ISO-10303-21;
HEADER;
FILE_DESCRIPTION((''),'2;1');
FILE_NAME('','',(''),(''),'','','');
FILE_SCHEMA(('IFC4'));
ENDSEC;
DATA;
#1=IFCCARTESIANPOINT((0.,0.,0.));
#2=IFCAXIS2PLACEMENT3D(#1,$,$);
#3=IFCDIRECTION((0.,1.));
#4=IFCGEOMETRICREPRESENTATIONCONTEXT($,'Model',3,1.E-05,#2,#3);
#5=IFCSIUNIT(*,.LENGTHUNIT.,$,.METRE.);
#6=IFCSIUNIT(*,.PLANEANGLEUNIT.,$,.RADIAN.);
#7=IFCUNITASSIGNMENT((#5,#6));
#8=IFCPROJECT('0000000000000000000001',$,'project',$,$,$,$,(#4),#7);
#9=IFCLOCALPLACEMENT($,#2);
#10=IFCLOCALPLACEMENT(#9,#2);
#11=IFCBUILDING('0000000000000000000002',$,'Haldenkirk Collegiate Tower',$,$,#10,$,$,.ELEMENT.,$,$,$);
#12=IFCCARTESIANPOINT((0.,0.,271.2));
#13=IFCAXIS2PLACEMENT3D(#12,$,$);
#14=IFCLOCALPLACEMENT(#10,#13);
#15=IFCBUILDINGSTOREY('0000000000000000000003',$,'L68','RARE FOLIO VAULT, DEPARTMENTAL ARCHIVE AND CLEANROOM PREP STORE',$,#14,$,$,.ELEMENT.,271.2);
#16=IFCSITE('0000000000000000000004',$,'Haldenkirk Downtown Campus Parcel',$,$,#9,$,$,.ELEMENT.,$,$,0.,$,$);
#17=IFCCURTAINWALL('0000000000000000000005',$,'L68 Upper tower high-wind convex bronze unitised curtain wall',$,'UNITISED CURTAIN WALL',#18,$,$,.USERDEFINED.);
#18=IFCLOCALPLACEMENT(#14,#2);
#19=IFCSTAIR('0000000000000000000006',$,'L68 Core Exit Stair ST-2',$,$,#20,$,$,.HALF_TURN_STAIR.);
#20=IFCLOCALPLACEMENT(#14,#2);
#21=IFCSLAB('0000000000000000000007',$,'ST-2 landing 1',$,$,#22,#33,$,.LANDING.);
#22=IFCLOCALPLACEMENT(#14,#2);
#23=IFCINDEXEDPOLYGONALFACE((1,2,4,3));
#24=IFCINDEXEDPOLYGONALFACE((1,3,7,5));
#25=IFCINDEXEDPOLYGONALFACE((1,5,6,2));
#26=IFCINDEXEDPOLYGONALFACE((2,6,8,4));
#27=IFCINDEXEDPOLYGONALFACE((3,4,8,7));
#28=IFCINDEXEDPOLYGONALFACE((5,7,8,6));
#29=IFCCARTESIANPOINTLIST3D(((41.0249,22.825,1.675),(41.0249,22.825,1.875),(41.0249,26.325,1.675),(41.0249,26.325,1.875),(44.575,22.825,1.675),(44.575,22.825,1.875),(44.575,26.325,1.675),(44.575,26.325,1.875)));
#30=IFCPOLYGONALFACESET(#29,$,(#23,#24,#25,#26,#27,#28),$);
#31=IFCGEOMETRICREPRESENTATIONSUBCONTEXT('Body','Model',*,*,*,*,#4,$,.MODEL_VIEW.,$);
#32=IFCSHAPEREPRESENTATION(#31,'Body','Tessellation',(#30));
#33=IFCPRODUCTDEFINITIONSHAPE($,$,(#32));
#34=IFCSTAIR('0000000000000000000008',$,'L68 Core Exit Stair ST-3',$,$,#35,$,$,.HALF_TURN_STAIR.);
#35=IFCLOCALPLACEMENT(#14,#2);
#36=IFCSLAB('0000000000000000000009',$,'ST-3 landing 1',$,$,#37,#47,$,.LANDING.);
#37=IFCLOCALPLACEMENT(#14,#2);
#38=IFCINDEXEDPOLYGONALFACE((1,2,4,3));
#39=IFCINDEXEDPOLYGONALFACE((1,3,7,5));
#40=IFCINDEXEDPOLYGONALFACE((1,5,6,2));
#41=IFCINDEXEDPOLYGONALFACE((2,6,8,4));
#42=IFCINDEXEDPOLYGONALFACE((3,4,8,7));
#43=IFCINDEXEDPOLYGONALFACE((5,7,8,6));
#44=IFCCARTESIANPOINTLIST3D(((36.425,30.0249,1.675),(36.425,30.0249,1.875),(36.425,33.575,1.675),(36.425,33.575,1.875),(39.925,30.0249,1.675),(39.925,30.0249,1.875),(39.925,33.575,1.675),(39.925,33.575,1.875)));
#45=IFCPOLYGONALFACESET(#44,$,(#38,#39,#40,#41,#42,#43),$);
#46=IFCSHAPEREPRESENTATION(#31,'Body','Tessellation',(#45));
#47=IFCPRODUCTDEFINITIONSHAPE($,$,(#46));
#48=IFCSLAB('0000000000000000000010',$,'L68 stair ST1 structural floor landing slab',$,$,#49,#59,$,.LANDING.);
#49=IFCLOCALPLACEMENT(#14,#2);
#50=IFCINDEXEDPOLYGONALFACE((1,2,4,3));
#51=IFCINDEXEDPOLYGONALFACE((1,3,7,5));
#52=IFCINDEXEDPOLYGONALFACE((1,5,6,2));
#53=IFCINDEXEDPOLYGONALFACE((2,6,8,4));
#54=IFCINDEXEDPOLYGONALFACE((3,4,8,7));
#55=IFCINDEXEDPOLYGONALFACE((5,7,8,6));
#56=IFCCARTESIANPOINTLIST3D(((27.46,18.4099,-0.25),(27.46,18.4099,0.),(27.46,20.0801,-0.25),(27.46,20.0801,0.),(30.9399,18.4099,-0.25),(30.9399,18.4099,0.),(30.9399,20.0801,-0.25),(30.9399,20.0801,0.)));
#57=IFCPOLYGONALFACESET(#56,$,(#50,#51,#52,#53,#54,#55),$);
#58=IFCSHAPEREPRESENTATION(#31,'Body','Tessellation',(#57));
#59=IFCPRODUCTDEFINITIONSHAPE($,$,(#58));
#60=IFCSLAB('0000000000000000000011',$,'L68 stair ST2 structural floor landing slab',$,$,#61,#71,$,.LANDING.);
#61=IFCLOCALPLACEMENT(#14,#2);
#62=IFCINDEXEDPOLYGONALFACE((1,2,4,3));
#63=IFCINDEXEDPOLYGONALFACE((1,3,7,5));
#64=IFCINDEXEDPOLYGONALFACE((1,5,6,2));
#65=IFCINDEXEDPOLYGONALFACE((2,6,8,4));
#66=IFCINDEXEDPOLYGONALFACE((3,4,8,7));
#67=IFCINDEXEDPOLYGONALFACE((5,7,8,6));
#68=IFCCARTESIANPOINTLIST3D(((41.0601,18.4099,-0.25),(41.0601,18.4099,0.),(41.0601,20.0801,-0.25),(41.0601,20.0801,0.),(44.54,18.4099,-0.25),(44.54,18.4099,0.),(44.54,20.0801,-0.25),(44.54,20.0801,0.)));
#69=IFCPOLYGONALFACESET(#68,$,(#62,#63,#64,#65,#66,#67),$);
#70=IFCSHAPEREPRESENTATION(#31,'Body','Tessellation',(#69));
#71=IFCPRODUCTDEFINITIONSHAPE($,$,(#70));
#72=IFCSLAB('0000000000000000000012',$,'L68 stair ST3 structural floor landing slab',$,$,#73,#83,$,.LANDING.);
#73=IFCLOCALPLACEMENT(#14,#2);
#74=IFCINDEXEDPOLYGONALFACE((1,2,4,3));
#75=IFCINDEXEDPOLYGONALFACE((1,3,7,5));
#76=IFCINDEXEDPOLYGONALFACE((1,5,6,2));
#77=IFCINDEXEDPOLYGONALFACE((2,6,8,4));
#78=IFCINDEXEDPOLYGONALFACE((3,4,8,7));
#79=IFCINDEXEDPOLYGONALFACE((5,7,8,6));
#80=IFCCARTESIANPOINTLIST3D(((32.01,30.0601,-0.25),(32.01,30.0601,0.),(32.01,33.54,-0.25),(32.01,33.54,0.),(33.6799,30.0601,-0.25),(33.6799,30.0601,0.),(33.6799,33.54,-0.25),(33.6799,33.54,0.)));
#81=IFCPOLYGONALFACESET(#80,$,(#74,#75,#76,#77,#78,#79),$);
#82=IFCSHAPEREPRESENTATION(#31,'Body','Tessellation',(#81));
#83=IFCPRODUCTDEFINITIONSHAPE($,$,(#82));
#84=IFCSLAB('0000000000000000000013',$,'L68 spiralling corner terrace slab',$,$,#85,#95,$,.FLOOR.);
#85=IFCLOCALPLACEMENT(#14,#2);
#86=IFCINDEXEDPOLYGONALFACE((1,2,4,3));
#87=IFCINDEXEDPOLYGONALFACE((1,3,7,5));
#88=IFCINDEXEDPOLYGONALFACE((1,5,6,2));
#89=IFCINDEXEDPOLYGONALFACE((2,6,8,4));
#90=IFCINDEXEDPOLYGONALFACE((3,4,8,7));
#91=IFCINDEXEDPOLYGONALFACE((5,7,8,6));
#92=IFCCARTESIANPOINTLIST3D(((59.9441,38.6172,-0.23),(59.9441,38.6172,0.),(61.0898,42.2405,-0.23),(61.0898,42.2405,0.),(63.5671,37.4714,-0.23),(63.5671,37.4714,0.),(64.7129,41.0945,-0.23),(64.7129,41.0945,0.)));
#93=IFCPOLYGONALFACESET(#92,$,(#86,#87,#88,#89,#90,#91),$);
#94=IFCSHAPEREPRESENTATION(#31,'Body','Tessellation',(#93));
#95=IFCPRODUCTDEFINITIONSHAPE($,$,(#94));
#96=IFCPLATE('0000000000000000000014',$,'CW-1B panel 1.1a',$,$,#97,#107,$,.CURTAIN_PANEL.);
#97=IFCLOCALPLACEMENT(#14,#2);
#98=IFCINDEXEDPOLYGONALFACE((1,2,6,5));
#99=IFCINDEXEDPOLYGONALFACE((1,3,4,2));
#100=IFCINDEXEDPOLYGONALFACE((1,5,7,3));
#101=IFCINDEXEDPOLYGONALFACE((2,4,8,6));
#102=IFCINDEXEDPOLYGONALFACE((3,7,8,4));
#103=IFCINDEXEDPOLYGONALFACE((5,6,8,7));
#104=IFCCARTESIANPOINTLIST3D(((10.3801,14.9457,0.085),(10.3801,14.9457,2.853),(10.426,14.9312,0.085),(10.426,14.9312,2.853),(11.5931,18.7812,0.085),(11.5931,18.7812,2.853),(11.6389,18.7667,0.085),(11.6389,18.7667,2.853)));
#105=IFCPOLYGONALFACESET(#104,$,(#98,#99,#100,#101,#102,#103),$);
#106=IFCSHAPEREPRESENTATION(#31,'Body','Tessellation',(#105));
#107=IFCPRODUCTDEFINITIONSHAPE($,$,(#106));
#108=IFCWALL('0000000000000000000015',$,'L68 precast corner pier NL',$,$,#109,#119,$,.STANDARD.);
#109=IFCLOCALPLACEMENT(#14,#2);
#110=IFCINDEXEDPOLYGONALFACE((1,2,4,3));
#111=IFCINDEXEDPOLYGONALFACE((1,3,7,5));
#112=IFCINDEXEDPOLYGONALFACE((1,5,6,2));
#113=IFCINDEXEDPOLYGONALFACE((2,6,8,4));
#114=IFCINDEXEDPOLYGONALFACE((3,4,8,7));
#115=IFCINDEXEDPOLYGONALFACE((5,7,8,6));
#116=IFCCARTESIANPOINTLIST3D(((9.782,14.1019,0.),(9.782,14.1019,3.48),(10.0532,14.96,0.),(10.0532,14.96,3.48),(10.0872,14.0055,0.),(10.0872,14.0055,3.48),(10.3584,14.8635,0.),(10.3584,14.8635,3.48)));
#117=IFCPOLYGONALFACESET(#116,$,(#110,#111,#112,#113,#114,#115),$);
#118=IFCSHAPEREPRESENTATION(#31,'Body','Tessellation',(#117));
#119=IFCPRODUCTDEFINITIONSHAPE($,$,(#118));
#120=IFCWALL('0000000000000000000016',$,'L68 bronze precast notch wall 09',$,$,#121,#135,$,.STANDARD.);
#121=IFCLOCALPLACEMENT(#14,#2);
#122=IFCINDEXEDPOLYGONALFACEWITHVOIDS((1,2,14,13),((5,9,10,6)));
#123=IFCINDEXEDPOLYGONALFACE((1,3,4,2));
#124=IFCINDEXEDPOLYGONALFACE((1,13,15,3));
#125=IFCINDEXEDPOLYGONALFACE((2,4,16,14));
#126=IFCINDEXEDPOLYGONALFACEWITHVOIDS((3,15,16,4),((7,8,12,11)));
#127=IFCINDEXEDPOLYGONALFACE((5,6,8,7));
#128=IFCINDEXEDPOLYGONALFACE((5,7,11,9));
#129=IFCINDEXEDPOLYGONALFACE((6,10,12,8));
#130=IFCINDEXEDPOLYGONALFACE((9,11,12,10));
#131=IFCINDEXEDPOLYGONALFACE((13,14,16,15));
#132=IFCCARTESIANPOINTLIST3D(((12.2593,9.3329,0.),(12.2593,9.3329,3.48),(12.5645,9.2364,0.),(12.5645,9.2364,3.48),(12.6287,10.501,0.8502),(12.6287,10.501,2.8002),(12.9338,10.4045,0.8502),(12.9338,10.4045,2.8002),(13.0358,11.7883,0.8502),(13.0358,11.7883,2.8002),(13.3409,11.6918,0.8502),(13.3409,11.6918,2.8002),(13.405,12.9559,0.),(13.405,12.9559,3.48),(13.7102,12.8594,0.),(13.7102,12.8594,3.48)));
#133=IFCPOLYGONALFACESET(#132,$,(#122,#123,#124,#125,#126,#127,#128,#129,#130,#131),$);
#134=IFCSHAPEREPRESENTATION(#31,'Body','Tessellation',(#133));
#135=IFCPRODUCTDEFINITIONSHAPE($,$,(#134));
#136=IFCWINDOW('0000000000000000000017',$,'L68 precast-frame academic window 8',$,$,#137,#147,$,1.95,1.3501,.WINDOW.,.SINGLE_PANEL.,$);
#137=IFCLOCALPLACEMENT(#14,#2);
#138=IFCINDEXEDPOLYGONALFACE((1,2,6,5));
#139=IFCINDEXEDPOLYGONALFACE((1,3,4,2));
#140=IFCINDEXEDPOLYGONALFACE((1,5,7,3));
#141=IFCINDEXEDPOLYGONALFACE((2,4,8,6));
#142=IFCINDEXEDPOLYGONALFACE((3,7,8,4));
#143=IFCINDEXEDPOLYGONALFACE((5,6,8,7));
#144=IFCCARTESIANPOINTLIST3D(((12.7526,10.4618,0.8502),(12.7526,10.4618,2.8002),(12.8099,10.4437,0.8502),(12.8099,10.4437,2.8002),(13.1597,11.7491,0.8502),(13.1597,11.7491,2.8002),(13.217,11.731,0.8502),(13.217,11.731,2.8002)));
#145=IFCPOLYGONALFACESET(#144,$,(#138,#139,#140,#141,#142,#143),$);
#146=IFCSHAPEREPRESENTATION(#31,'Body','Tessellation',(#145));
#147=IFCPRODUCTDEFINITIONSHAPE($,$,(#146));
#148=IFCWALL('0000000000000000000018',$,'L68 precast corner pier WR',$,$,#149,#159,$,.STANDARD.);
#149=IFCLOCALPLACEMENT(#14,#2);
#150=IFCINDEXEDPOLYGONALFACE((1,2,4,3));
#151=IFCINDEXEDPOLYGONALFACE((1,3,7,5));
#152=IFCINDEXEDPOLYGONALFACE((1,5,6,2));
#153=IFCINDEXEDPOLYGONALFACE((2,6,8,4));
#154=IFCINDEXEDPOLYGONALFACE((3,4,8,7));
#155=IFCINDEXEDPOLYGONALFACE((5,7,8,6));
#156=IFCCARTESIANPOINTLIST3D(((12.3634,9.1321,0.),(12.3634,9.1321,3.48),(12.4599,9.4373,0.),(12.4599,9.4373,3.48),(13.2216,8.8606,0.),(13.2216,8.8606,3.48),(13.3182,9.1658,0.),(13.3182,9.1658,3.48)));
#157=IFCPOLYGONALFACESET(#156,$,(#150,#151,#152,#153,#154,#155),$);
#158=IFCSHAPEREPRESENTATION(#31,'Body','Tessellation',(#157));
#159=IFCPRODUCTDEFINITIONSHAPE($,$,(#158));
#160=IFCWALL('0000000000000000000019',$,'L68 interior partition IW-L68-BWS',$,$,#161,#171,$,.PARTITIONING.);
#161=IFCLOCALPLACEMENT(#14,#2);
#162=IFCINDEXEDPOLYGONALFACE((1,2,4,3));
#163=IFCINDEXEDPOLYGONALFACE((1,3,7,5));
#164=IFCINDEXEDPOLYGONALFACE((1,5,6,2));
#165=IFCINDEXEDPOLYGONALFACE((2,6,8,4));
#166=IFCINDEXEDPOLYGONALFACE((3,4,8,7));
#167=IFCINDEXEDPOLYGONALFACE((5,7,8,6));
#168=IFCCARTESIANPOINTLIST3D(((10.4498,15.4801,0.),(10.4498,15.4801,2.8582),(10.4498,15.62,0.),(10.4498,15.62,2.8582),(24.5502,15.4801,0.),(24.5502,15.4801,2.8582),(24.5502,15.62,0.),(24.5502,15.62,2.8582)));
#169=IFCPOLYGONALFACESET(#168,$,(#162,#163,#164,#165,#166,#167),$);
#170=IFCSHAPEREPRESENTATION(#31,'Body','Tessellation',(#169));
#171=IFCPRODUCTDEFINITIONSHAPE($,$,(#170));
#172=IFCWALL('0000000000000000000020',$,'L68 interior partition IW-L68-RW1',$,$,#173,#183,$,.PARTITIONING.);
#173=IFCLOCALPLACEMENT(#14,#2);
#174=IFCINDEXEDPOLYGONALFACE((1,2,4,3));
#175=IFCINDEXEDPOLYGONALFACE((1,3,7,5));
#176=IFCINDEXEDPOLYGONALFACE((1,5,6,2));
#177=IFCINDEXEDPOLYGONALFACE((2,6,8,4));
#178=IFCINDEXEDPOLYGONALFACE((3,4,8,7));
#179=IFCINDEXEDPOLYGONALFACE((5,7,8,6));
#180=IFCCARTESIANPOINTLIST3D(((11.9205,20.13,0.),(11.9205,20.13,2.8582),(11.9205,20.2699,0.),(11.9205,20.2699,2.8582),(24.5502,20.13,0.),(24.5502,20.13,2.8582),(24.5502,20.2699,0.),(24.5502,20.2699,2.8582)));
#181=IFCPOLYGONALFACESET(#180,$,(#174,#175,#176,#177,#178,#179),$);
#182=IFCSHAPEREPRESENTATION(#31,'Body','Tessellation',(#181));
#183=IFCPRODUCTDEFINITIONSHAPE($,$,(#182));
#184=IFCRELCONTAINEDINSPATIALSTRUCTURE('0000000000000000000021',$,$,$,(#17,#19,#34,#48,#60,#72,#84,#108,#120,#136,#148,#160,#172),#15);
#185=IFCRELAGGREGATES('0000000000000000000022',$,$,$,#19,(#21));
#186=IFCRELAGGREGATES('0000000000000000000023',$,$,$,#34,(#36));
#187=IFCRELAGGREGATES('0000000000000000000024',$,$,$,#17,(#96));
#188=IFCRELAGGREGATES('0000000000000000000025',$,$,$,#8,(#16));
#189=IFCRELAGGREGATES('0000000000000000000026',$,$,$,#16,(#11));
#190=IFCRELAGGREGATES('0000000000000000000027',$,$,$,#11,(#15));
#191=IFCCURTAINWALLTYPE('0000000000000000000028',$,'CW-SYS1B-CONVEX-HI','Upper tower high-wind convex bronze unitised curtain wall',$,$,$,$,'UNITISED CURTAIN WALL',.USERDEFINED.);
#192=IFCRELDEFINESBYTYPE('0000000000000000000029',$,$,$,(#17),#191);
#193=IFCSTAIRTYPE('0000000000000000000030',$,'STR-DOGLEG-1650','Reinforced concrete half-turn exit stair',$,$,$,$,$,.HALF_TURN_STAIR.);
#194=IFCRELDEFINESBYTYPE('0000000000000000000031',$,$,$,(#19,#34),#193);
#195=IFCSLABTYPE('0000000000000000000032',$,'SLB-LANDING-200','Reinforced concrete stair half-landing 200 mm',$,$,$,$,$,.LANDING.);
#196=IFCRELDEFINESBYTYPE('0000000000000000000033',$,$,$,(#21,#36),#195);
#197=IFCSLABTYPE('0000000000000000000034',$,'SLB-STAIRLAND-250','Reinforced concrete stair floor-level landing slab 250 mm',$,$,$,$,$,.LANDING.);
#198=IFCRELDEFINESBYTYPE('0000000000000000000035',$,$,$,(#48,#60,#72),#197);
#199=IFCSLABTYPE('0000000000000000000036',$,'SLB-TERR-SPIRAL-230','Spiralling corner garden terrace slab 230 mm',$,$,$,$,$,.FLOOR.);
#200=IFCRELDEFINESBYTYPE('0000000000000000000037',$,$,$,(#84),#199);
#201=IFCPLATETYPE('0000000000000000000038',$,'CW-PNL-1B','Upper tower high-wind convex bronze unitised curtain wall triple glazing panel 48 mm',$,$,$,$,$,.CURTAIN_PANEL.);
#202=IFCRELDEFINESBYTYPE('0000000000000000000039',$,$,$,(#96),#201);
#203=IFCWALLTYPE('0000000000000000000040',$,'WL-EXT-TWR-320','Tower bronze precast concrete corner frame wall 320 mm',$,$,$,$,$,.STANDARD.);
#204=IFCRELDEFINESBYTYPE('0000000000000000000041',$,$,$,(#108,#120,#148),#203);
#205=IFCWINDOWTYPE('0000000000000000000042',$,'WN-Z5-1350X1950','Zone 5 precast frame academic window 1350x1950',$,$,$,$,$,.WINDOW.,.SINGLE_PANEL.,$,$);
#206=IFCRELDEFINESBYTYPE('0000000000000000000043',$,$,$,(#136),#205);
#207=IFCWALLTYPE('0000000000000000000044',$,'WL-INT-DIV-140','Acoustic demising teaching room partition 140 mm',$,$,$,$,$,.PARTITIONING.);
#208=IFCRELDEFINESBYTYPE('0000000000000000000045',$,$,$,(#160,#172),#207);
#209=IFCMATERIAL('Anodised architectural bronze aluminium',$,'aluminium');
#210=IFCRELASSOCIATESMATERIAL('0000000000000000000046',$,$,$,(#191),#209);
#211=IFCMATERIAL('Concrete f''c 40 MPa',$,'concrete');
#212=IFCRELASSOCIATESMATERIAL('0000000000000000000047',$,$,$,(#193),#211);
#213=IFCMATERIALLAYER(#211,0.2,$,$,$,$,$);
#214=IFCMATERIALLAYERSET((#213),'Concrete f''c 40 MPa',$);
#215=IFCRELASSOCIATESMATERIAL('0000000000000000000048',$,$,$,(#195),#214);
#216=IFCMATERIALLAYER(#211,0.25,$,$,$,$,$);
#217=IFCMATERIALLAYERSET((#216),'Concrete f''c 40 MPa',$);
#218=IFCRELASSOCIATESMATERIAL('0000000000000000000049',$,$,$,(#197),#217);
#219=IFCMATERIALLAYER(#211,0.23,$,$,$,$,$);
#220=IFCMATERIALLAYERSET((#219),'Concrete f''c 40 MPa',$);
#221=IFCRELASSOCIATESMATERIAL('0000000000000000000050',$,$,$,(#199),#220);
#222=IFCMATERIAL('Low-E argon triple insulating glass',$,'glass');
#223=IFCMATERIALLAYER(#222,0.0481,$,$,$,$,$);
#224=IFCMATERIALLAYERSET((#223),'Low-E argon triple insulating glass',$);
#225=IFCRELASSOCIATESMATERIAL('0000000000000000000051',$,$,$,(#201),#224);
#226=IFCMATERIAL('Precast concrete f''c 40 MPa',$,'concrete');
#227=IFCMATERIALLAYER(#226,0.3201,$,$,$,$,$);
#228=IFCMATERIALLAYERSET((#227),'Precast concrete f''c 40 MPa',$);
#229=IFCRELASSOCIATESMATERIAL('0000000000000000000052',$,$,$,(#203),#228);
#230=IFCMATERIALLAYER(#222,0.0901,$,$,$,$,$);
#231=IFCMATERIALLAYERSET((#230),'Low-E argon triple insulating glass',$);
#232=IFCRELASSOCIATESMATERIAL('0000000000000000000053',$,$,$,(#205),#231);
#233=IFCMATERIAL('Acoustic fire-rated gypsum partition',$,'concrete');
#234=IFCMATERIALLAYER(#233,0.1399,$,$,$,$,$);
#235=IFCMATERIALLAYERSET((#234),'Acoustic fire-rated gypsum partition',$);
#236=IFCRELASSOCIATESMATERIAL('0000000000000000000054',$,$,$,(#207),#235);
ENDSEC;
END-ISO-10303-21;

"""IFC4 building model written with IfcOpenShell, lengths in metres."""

from ifc_helpers import new_model, si_unit, direction, frame, frame_2d, origin, origin_2d, place, context, subcontext, project, spatial, polyline, rectangle, outline, extrude, source, transform, mapped, material, layer, layer_set, type_object, element, fill, aggregate, save


model = new_model("IFC4")

# Units and contexts
model_context = context("Model", 3, precision=1e-05, world=origin(), true_north=direction((0.0, 1.0)))
body_context = subcontext(model_context, "Body", "Model", "MODEL_VIEW")
ifc_project = project(units=[si_unit("LENGTHUNIT", "METRE"), si_unit("PLANEANGLEUNIT", "RADIAN")], contexts=[model_context])

# Site, building, storey
site_placement = place(None, origin())
site = spatial("IfcSite", under=ifc_project, at=site_placement, Name="Haldenkirk Downtown Campus Parcel", CompositionType="ELEMENT", RefElevation=0.0)
building_placement = place(site_placement, origin())
building = spatial("IfcBuilding", under=site, at=building_placement, Name="Haldenkirk Collegiate Tower", CompositionType="ELEMENT")
storey_placement = place(building_placement, frame((0.0, 0.0, 271.2)))
storey = spatial("IfcBuildingStorey", under=building, at=storey_placement, Name="L68", Description="RARE FOLIO VAULT, DEPARTMENTAL ARCHIVE AND CLEANROOM PREP STORE", CompositionType="ELEMENT", Elevation=271.2)

# Curtain wall
ifc_material_1 = material(Name="Anodised architectural bronze aluminium", Category="aluminium")
curtain_wall_type = type_object("IfcCurtainWallType", Name="CW-SYS1B-CONVEX-HI", Description="Upper tower high-wind convex bronze unitised curtain wall", ElementType="UNITISED CURTAIN WALL", PredefinedType="USERDEFINED", material=ifc_material_1)
curtain_wall_1_placement = place(storey_placement, origin())
curtain_wall_1 = element("IfcCurtainWall", 1, at=curtain_wall_1_placement, inside=storey, type_object=curtain_wall_type, Name="L68 Upper tower high-wind convex bronze unitised curtain wall", ObjectType="UNITISED CURTAIN WALL", PredefinedType="USERDEFINED")

# Shared definitions
ifc_material_2 = material(Name="Concrete f'c 40 MPa", Category="concrete")

# Stairs, slabs
stair_type = type_object("IfcStairType", Name="STR-DOGLEG-1650", Description="Reinforced concrete half-turn exit stair", PredefinedType="HALF_TURN_STAIR", material=ifc_material_2)
ifc_layer_1 = layer(ifc_material_2, 0.2)
ifc_layer_set_1 = layer_set([ifc_layer_1], Name="Concrete f'c 40 MPa")
slab_type_1 = type_object("IfcSlabType", Name="SLB-LANDING-200", Description="Reinforced concrete stair half-landing 200 mm", PredefinedType="LANDING", material=ifc_layer_set_1)
stair_1_placement = place(storey_placement, origin())
stair_1 = element("IfcStair", 2, at=stair_1_placement, inside=storey, type_object=stair_type, Name="L68 Core Exit Stair ST-2", PredefinedType="HALF_TURN_STAIR")
slab_1_placement = place(storey_placement, frame((0.0, 0.0, 1.675)))
slab_1 = element("IfcSlab", 3, at=slab_1_placement, type_object=slab_type_1, Name="ST-2 landing 1", PredefinedType="LANDING", context=body_context, shape_type="SweptSolid", body=[
    extrude(outline(polyline([(44.575, 22.825), (41.0249, 22.825), (41.0249, 26.325), (44.575, 26.325), (44.575, 22.825)])), origin(), (0.0, 0.0, 1.0), 0.2),
])
aggregate(stair_1, [slab_1])
stair_2_placement = place(storey_placement, origin())
stair_2 = element("IfcStair", 4, at=stair_2_placement, inside=storey, type_object=stair_type, Name="L68 Core Exit Stair ST-3", PredefinedType="HALF_TURN_STAIR")
slab_2_placement = place(storey_placement, frame((0.0, 0.0, 1.675)))
slab_2 = element("IfcSlab", 5, at=slab_2_placement, type_object=slab_type_1, Name="ST-3 landing 1", PredefinedType="LANDING", context=body_context, shape_type="SweptSolid", body=[
    extrude(outline(polyline([(36.425, 30.0249), (36.425, 33.575), (39.925, 33.575), (39.925, 30.0249), (36.425, 30.0249)])), origin(), (0.0, 0.0, 1.0), 0.2),
])
aggregate(stair_2, [slab_2])

# Slabs
ifc_layer_2 = layer(ifc_material_2, 0.25)
ifc_layer_set_2 = layer_set([ifc_layer_2], Name="Concrete f'c 40 MPa")
slab_type_2 = type_object("IfcSlabType", Name="SLB-STAIRLAND-250", Description="Reinforced concrete stair floor-level landing slab 250 mm", PredefinedType="LANDING", material=ifc_layer_set_2)
slab_3_placement = place(storey_placement, frame((0.0, 0.0, -0.25)))
element("IfcSlab", 6, at=slab_3_placement, inside=storey, type_object=slab_type_2, Name="L68 stair ST1 structural floor landing slab", PredefinedType="LANDING", context=body_context, shape_type="SweptSolid", body=[
    extrude(outline(polyline([(27.46, 18.4099), (30.9399, 18.4099), (30.9399, 20.0801), (27.46, 20.0801), (27.46, 18.4099)])), origin(), (0.0, 0.0, 1.0), 0.25),
])
slab_4_placement = place(storey_placement, frame((0.0, 0.0, -0.25)))
element("IfcSlab", 7, at=slab_4_placement, inside=storey, type_object=slab_type_2, Name="L68 stair ST2 structural floor landing slab", PredefinedType="LANDING", context=body_context, shape_type="SweptSolid", body=[
    extrude(outline(polyline([(41.0601, 18.4099), (44.54, 18.4099), (44.54, 20.0801), (41.0601, 20.0801), (41.0601, 18.4099)])), origin(), (0.0, 0.0, 1.0), 0.25),
])
slab_5_placement = place(storey_placement, frame((0.0, 0.0, -0.25)))
element("IfcSlab", 8, at=slab_5_placement, inside=storey, type_object=slab_type_2, Name="L68 stair ST3 structural floor landing slab", PredefinedType="LANDING", context=body_context, shape_type="SweptSolid", body=[
    extrude(outline(polyline([(32.01, 30.0601), (33.6799, 30.0601), (33.6799, 33.54), (32.01, 33.54), (32.01, 30.0601)])), origin(), (0.0, 0.0, 1.0), 0.25),
])
ifc_layer_3 = layer(ifc_material_2, 0.23)
ifc_layer_set_3 = layer_set([ifc_layer_3], Name="Concrete f'c 40 MPa")
slab_type_3 = type_object("IfcSlabType", Name="SLB-TERR-SPIRAL-230", Description="Spiralling corner garden terrace slab 230 mm", PredefinedType="FLOOR", material=ifc_layer_set_3)
slab_6_placement = place(storey_placement, frame((0.0, 0.0, -0.23)))
element("IfcSlab", 9, at=slab_6_placement, inside=storey, type_object=slab_type_3, Name="L68 spiralling corner terrace slab", PredefinedType="FLOOR", context=body_context, shape_type="SweptSolid", body=[
    extrude(outline(polyline([(63.5671, 37.4714), (64.7129, 41.0945), (61.0898, 42.2405), (59.9441, 38.6172), (63.5671, 37.4714)])), origin(), (0.0, 0.0, 1.0), 0.23),
])

# Plate
ifc_material_3 = material(Name="Low-E argon triple insulating glass", Category="glass")
ifc_layer_4 = layer(ifc_material_3, 0.0481)
ifc_layer_set_4 = layer_set([ifc_layer_4], Name="Low-E argon triple insulating glass")
plate_type = type_object("IfcPlateType", Name="CW-PNL-1B", Description="Upper tower high-wind convex bronze unitised curtain wall triple glazing panel 48 mm", PredefinedType="CURTAIN_PANEL", material=ifc_layer_set_4)
shared_shape_1 = source(origin(), body_context, "Body", "SweptSolid", [
    extrude(rectangle(XDim=4.0227, YDim=0.0481, at=origin_2d()), origin(), (0.0, 0.0, 1.0), 2.7681),
])
plate_placement = place(storey_placement, frame((11.0095, 16.8562, 0.085), z_axis=(0.0, 0.0, 1.0), x_axis=(0.301537, 0.953455, 0.0)))
plate = element("IfcPlate", 10, at=plate_placement, type_object=plate_type, Name="CW-1B panel 1.1a", PredefinedType="CURTAIN_PANEL", context=body_context, shape_type="MappedRepresentation", body=[
    mapped(shared_shape_1, transform((0.0, 0.0, 0.0), x_axis=(1.0, 0.0, 0.0), y_axis=(0.0, 1.0, 0.0), z_axis=(0.0, 0.0, 1.0), scale=1.0)),
])
aggregate(curtain_wall_1, [plate])

# Wall
ifc_material_4 = material(Name="Precast concrete f'c 40 MPa", Category="concrete")
ifc_layer_5 = layer(ifc_material_4, 0.3201)
ifc_layer_set_5 = layer_set([ifc_layer_5], Name="Precast concrete f'c 40 MPa")
wall_type_1 = type_object("IfcWallType", Name="WL-EXT-TWR-320", Description="Tower bronze precast concrete corner frame wall 320 mm", PredefinedType="STANDARD", material=ifc_layer_set_5)
wall_1_placement = place(storey_placement, frame((9.9346, 14.0537, 0.0), z_axis=(0.0, 0.0, 1.0), x_axis=(0.301378, 0.953505, 0.0)))
element("IfcWall", 11, at=wall_1_placement, inside=storey, type_object=wall_type_1, Name="L68 precast corner pier NL", PredefinedType="STANDARD", context=body_context, shape_type="SweptSolid", body=[
    extrude(rectangle(XDim=0.8999, YDim=0.3201, at=frame_2d((0.45, 0.0))), origin(), (0.0, 0.0, 1.0), 3.48),
])

# Wall, opening, window
wall_2_placement = place(storey_placement, frame((12.4119, 9.2847, 0.0), z_axis=(0.0, 0.0, 1.0), x_axis=(0.301522, 0.953459, 0.0)))
wall_2 = element("IfcWall", 12, at=wall_2_placement, inside=storey, type_object=wall_type_1, Name="L68 bronze precast notch wall 09", PredefinedType="STANDARD", context=body_context, shape_type="SweptSolid", body=[
    extrude(rectangle(XDim=3.7998, YDim=0.3201, at=frame_2d((1.8999, 0.0))), origin(), (0.0, 0.0, 1.0), 3.48),
])
opening_placement = place(wall_2_placement, frame((1.2251, 0.0, 0.8501)))
opening = element("IfcOpeningElement", 13, at=opening_placement, cuts=wall_2, PredefinedType="OPENING", context=body_context, shape_type="SweptSolid", body=[
    extrude(rectangle(XDim=1.3501, YDim=1.95, at=frame_2d((0.675, 0.9751))), frame((0.0, 0.1699, 0.0), z_axis=(0.0, -1.0, 0.0), x_axis=(1.0, 0.0, 0.0)), (0.0, 0.0, 1.0), 0.3401),
])
ifc_layer_6 = layer(ifc_material_3, 0.0901)
ifc_layer_set_6 = layer_set([ifc_layer_6], Name="Low-E argon triple insulating glass")
window_type = type_object("IfcWindowType", Name="WN-Z5-1350X1950", Description="Zone 5 precast frame academic window 1350x1950", PartitioningType="SINGLE_PANEL", PredefinedType="WINDOW", material=ifc_layer_set_6)
window_placement = place(opening_placement, origin())
window = element("IfcWindow", 14, at=window_placement, inside=storey, type_object=window_type, Name="L68 precast-frame academic window 8", OverallHeight=1.95, OverallWidth=1.3501, PartitioningType="SINGLE_PANEL", PredefinedType="WINDOW", context=body_context, shape_type="SweptSolid", body=[
    extrude(rectangle(XDim=1.3501, YDim=1.95, at=frame_2d((0.675, 0.9751))), frame((0.0, 0.03, 0.0), z_axis=(0.0, -1.0, 0.0), x_axis=(1.0, 0.0, 0.0)), (0.0, 0.0, 1.0), 0.0601),
])
fill(opening, window)

# Walls
wall_3_placement = place(storey_placement, frame((13.27, 9.0132, 0.0), z_axis=(0.0, 0.0, 1.0), x_axis=(-0.953427, 0.301625, 0.0)))
element("IfcWall", 15, at=wall_3_placement, inside=storey, type_object=wall_type_1, Name="L68 precast corner pier WR", PredefinedType="STANDARD", context=body_context, shape_type="SweptSolid", body=[
    extrude(rectangle(XDim=0.9001, YDim=0.3201, at=frame_2d((0.4502, 0.0))), origin(), (0.0, 0.0, 1.0), 3.48),
])
ifc_material_5 = material(Name="Acoustic fire-rated gypsum partition", Category="concrete")
ifc_layer_7 = layer(ifc_material_5, 0.1399)
ifc_layer_set_7 = layer_set([ifc_layer_7], Name="Acoustic fire-rated gypsum partition")
wall_type_2 = type_object("IfcWallType", Name="WL-INT-DIV-140", Description="Acoustic demising teaching room partition 140 mm", PredefinedType="PARTITIONING", material=ifc_layer_set_7)
wall_4_placement = place(storey_placement, frame((10.4497, 15.55, 0.0), z_axis=(0.0, 0.0, 1.0), x_axis=(1.0, 0.0, 0.0)))
element("IfcWall", 16, at=wall_4_placement, inside=storey, type_object=wall_type_2, Name="L68 interior partition IW-L68-BWS", PredefinedType="PARTITIONING", context=body_context, shape_type="SweptSolid", body=[
    extrude(rectangle(XDim=14.1003, YDim=0.1399, at=frame_2d((7.0503, 0.0))), origin(), (0.0, 0.0, 1.0), 2.8582),
])
wall_5_placement = place(storey_placement, frame((11.9204, 20.2, 0.0), z_axis=(0.0, 0.0, 1.0), x_axis=(1.0, 0.0, 0.0)))
element("IfcWall", 17, at=wall_5_placement, inside=storey, type_object=wall_type_2, Name="L68 interior partition IW-L68-RW1", PredefinedType="PARTITIONING", context=body_context, shape_type="SweptSolid", body=[
    extrude(rectangle(XDim=12.6296, YDim=0.1399, at=frame_2d((6.3149, 0.0))), origin(), (0.0, 0.0, 1.0), 2.8582),
])

save(model, "model.ifc")
